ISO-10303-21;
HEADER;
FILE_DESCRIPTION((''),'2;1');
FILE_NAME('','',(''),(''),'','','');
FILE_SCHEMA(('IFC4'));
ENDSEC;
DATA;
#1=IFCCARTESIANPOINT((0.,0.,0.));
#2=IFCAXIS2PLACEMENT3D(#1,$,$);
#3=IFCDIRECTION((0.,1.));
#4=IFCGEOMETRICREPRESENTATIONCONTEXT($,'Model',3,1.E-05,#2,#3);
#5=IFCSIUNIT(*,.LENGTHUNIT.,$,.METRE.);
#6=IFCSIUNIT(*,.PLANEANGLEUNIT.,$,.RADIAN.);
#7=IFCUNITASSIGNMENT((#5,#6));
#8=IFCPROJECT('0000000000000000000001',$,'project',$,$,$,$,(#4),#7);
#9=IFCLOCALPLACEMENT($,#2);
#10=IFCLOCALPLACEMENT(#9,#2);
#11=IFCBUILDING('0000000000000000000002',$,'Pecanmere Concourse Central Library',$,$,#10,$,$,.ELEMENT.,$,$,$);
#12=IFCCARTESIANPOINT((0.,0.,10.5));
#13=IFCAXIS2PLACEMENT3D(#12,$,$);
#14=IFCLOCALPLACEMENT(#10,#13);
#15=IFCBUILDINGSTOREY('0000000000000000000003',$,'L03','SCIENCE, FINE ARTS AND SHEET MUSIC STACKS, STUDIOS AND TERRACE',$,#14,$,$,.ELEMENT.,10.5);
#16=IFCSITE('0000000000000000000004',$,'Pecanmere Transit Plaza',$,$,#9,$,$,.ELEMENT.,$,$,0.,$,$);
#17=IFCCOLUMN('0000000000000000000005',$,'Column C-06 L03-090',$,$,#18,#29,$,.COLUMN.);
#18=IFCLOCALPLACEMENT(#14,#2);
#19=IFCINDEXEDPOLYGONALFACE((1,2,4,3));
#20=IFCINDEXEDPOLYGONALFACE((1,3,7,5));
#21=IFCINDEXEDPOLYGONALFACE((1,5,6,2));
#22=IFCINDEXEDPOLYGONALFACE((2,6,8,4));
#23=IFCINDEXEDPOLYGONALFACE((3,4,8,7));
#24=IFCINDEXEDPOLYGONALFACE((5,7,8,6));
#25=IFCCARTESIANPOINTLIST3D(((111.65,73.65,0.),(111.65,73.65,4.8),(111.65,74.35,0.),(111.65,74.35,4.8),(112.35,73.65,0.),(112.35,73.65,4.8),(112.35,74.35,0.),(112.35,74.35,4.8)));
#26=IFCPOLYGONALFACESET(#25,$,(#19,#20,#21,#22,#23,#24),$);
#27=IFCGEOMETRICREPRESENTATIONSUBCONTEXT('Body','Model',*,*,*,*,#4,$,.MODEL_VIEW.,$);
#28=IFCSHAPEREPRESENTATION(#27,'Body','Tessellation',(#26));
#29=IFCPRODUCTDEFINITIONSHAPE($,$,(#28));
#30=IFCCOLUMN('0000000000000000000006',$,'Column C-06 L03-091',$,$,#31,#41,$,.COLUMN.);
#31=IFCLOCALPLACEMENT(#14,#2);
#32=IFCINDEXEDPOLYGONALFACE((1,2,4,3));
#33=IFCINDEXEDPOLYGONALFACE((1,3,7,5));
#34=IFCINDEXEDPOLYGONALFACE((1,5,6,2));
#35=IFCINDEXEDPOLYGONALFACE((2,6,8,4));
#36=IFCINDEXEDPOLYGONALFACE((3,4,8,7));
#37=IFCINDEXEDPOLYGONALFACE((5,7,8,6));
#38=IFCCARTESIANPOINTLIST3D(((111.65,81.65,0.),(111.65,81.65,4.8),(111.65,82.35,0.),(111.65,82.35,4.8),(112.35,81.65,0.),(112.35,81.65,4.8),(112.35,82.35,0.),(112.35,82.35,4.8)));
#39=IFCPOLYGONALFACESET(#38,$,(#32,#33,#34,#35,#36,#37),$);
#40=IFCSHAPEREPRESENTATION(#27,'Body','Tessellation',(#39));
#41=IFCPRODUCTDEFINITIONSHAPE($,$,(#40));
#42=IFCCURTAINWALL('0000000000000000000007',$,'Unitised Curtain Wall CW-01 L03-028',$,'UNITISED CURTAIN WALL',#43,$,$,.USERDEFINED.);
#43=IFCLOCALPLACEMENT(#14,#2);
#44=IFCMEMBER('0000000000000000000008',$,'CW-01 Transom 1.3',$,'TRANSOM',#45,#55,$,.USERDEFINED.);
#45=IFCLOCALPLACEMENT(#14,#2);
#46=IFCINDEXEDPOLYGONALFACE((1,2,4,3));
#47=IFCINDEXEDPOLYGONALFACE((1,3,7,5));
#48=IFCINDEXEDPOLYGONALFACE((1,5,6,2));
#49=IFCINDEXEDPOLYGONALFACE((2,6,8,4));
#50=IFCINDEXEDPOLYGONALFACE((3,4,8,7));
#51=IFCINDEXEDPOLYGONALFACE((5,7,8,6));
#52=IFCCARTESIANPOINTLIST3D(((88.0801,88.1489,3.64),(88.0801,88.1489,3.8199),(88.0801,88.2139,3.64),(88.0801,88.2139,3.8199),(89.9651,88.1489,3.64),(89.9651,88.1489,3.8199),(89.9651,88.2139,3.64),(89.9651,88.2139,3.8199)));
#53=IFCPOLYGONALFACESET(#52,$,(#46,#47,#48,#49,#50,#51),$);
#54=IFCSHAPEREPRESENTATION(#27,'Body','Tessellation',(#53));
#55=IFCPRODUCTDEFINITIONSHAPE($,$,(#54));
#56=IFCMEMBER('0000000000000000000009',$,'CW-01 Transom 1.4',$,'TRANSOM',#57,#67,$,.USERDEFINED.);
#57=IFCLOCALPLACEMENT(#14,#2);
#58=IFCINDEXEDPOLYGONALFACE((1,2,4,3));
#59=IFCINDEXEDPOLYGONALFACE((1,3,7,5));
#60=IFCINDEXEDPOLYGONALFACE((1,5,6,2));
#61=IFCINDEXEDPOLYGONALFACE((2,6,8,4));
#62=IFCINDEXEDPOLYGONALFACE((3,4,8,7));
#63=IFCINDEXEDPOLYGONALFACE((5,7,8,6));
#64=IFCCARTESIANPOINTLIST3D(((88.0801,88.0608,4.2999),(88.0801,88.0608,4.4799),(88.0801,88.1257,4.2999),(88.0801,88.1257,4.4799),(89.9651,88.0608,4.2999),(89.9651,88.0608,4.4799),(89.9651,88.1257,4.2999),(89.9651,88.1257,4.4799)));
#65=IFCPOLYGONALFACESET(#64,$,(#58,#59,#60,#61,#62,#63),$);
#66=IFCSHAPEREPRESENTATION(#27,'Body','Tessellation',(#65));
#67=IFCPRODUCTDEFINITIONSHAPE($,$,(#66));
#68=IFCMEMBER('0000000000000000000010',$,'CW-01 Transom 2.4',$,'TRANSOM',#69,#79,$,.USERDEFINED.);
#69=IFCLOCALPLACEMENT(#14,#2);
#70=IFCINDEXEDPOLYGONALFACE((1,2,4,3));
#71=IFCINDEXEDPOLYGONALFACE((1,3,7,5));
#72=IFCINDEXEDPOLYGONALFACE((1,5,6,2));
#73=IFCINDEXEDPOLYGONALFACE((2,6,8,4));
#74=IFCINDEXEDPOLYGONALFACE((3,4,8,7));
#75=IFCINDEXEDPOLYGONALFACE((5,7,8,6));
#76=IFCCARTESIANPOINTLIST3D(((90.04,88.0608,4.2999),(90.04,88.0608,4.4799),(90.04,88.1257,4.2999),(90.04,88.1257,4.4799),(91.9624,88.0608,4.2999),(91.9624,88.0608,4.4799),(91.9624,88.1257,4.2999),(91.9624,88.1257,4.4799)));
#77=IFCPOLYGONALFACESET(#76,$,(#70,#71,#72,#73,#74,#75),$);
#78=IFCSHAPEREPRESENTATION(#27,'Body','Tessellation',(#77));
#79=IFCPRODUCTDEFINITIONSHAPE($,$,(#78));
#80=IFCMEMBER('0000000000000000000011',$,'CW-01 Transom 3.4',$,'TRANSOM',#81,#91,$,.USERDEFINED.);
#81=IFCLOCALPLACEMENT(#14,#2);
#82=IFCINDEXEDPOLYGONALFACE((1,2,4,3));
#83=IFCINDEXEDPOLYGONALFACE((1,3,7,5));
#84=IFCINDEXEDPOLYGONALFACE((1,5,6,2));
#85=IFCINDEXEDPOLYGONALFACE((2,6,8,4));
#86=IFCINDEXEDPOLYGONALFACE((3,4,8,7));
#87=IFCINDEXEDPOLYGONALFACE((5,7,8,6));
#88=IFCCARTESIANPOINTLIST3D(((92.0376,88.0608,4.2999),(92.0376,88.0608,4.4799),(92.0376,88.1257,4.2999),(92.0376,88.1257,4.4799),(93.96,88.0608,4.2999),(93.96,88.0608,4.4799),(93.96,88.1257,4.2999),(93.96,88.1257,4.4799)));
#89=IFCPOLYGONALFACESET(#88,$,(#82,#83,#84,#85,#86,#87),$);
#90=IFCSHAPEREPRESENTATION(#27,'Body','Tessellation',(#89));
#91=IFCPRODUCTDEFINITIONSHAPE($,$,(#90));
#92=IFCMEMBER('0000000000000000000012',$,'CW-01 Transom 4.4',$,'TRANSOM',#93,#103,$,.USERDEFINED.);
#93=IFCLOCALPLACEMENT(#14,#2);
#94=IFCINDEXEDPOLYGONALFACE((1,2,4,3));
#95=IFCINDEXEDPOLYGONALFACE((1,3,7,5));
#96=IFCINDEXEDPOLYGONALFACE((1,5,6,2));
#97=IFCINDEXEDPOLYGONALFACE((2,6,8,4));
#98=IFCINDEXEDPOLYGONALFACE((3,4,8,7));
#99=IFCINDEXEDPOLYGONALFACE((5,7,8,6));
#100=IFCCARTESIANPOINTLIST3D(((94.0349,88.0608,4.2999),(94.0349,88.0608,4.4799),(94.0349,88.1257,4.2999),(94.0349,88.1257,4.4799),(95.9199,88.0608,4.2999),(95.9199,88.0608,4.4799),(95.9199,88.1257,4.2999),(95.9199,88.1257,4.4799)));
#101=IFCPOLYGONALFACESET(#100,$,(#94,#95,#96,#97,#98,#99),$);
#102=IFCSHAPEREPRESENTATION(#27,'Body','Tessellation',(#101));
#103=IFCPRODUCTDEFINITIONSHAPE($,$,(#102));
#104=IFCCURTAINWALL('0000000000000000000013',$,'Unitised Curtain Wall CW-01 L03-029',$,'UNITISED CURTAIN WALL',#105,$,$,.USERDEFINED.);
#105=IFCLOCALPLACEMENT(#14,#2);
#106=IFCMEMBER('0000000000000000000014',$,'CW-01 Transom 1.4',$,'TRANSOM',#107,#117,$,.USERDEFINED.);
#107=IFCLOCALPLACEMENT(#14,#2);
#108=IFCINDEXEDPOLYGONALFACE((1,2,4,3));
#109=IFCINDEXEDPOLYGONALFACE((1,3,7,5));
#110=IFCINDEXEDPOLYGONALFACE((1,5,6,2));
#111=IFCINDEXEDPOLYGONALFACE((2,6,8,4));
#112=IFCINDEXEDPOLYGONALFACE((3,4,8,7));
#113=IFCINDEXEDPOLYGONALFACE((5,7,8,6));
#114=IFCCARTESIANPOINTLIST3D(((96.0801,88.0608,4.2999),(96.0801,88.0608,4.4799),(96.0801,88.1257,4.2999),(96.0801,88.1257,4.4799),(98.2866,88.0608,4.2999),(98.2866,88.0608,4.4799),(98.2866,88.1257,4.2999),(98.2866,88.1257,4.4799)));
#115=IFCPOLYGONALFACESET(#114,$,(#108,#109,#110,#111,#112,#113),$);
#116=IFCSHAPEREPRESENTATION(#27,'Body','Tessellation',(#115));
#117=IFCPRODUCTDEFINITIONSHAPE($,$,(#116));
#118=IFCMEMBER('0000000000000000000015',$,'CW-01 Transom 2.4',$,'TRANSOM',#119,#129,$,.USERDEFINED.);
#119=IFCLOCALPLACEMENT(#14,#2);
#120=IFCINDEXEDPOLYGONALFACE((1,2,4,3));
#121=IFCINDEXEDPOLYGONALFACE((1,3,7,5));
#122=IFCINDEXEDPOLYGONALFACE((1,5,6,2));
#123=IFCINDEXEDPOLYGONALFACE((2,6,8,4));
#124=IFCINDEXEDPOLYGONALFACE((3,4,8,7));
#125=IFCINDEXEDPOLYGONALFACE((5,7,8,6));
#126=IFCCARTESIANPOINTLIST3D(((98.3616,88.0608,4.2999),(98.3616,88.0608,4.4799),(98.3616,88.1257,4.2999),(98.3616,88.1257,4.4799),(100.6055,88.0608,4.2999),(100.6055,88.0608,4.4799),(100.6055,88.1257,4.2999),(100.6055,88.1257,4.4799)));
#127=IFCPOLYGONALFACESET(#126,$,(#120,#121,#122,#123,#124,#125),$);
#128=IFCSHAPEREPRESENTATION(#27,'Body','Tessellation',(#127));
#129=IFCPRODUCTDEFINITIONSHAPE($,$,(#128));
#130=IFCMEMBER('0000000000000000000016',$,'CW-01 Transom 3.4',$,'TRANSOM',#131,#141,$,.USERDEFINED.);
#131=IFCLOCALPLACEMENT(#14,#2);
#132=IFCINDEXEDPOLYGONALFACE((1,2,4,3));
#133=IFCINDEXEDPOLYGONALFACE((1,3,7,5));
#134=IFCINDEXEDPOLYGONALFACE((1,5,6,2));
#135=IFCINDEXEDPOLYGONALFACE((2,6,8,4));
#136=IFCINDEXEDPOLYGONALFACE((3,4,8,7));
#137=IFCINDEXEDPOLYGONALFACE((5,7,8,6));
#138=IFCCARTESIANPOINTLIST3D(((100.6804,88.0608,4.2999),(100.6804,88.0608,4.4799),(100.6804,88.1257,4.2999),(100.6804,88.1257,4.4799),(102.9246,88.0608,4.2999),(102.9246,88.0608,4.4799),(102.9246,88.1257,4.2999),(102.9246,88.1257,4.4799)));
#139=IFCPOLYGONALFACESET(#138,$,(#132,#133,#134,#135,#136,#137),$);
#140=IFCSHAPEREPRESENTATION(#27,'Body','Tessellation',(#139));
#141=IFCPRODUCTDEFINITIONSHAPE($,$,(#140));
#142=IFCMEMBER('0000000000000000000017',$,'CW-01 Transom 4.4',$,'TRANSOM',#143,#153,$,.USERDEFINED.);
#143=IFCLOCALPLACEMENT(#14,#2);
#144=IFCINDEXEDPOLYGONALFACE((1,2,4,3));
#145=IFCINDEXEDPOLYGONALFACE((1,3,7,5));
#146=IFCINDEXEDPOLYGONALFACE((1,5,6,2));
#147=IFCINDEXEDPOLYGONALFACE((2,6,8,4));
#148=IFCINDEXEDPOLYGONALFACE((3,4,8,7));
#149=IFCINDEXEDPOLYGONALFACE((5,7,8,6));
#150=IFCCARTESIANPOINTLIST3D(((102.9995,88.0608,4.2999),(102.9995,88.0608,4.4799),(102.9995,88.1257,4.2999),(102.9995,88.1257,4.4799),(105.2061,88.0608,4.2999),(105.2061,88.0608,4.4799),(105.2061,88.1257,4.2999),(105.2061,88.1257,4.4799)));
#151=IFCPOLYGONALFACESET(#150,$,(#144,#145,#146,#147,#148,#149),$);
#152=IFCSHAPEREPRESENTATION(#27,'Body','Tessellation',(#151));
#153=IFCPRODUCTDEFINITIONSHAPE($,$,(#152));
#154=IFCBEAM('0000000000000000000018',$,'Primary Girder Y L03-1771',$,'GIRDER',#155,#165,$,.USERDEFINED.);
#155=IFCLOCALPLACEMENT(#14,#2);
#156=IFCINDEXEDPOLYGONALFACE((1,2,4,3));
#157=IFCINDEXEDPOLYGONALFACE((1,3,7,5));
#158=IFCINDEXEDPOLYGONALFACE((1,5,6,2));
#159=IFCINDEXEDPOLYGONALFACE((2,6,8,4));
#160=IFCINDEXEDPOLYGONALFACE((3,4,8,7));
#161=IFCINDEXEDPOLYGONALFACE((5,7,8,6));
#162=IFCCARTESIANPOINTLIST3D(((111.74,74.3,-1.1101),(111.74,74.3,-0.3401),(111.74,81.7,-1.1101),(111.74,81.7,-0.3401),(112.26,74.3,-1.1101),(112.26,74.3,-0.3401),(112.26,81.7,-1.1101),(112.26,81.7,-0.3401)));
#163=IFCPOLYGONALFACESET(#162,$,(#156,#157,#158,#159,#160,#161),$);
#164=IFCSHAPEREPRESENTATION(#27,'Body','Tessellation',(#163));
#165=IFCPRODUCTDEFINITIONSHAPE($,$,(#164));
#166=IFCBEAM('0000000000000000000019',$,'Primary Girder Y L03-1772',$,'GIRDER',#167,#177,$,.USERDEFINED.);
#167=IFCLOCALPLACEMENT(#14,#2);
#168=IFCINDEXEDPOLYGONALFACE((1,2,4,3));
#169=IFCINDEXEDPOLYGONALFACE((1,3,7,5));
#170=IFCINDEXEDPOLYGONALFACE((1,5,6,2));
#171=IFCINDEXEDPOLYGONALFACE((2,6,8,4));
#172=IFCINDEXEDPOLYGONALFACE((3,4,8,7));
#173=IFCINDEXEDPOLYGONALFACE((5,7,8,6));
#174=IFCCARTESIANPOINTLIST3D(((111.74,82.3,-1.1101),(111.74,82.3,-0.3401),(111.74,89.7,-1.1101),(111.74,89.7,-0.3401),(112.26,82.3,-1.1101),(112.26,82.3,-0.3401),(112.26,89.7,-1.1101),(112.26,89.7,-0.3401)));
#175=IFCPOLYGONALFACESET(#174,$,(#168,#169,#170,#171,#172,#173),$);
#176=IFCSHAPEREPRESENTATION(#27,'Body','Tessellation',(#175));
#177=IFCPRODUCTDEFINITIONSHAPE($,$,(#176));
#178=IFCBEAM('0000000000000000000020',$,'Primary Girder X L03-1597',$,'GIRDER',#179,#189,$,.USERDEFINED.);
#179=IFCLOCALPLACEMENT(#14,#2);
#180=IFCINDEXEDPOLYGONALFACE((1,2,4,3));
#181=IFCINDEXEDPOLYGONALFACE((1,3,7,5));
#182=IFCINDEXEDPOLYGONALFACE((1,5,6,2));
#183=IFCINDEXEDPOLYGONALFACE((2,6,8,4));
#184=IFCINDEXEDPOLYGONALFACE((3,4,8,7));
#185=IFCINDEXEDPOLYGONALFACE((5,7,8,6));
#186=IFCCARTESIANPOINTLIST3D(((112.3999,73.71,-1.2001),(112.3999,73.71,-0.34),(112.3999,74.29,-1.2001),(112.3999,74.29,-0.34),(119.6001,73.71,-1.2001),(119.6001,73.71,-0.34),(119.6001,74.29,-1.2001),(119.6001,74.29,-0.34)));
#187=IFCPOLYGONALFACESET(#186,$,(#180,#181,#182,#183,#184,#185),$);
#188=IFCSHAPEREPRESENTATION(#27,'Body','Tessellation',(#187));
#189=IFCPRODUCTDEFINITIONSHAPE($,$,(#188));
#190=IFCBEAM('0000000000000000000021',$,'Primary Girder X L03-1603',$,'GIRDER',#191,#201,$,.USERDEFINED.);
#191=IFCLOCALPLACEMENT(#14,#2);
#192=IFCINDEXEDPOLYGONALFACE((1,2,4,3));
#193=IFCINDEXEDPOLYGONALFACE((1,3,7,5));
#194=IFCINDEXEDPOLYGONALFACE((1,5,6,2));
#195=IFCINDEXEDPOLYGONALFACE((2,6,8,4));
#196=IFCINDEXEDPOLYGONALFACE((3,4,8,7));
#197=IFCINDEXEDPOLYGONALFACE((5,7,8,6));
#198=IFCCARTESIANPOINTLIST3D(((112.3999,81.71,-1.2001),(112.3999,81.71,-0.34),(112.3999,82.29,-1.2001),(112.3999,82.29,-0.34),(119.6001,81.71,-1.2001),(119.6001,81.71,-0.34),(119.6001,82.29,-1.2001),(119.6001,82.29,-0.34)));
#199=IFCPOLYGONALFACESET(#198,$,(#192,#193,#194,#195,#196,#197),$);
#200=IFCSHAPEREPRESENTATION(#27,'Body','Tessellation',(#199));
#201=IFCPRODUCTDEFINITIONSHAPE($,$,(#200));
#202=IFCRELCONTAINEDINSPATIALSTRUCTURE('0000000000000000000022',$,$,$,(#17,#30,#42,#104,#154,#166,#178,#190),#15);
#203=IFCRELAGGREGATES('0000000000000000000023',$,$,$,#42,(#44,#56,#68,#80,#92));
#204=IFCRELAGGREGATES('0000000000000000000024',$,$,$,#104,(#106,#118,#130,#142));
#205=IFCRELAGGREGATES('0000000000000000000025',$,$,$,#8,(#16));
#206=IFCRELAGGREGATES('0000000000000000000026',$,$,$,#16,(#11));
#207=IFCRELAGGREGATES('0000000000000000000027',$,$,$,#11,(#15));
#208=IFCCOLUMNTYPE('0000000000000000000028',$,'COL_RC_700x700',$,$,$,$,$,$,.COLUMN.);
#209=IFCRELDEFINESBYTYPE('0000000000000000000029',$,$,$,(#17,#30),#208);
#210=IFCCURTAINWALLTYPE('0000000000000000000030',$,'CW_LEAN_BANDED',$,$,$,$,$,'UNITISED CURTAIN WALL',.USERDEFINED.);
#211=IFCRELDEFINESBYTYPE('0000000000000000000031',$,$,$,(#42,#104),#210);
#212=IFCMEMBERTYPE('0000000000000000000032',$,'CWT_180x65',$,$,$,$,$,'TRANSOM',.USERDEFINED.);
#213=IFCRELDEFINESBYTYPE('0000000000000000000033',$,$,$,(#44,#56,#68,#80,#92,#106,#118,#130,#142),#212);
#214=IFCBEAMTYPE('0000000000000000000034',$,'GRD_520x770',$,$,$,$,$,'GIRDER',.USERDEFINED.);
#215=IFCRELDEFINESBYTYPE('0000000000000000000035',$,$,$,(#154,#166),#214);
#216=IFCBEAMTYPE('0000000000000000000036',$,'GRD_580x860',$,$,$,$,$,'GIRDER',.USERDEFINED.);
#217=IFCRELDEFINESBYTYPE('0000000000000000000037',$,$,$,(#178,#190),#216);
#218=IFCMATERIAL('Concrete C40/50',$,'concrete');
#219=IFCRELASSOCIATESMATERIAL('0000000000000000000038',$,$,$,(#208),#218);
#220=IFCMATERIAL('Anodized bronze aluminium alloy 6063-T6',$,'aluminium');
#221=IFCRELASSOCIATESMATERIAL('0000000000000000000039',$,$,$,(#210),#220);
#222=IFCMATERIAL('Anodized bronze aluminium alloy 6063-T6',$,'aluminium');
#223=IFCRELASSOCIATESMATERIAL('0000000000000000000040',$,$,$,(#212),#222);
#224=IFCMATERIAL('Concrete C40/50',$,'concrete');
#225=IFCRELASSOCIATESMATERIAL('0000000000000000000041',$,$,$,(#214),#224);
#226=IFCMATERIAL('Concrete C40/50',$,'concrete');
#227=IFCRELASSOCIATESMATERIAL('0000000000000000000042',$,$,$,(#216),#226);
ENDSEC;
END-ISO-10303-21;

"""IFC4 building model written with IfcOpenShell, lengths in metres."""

from ifc_helpers import new_model, si_unit, direction, frame, origin, origin_2d, place, context, subcontext, project, spatial, rectangle, extrude, material, material_profile, profile_set, type_object, element, aggregate, save


model = new_model("IFC4")

# Units and contexts
model_context = context("Model", 3, precision=1e-05, world=origin(), true_north=direction((0.0, 1.0)))
body_context = subcontext(model_context, "Body", "Model", "MODEL_VIEW")
ifc_project = project(units=[si_unit("LENGTHUNIT", "METRE"), si_unit("PLANEANGLEUNIT", "RADIAN")], contexts=[model_context])

# Site, building, storey
site_placement = place(None, origin())
site = spatial("IfcSite", under=ifc_project, at=site_placement, Name="Pecanmere Transit Plaza", CompositionType="ELEMENT", RefElevation=0.0)
building_placement = place(site_placement, origin())
building = spatial("IfcBuilding", under=site, at=building_placement, Name="Pecanmere Concourse Central Library", CompositionType="ELEMENT")
storey_placement = place(building_placement, frame((0.0, 0.0, 10.5)))
storey = spatial("IfcBuildingStorey", under=building, at=storey_placement, Name="L03", Description="SCIENCE, FINE ARTS AND SHEET MUSIC STACKS, STUDIOS AND TERRACE", CompositionType="ELEMENT", Elevation=10.5)

# Columns
ifc_material_1 = material(Name="Concrete C40/50", Category="concrete")
ifc_material_profile_1 = material_profile(ifc_material_1, rectangle(XDim=0.7, YDim=0.7, at=origin_2d()), Name="RC 700x700")
ifc_profile_set_1 = profile_set([ifc_material_profile_1], Name="Concrete C40/50")
column_type = type_object("IfcColumnType", Name="COL_RC_700x700", PredefinedType="COLUMN", material=ifc_profile_set_1)
for number, where, z_axis, x_axis, name in (
    (1, (112.0, 74.0, 0.0), (0.0, 0.0, 1.0), (1.0, 0.0, 0.0), "Column C-06 L03-090"),
    (2, (112.0, 82.0, 0.0), (0.0, 0.0, 1.0), (1.0, 0.0, 0.0), "Column C-06 L03-091"),
):
    element("IfcColumn", number, at=place(storey_placement, frame(where, z_axis=z_axis, x_axis=x_axis)), inside=storey, type_object=column_type, Name=name, PredefinedType="COLUMN", context=body_context, shape_type="SweptSolid", body=[
        extrude(rectangle(XDim=0.7, YDim=0.7, at=origin_2d()), origin(), (0.0, 0.0, 1.0), 4.8),
    ])

# Curtain walls, members
ifc_material_2 = material(Name="Anodized bronze aluminium alloy 6063-T6", Category="aluminium")
curtain_wall_type = type_object("IfcCurtainWallType", Name="CW_LEAN_BANDED", ElementType="UNITISED CURTAIN WALL", PredefinedType="USERDEFINED", material=ifc_material_2)
curtain_wall_1_placement = place(storey_placement, origin())
curtain_wall_1 = element("IfcCurtainWall", 3, at=curtain_wall_1_placement, inside=storey, type_object=curtain_wall_type, Name="Unitised Curtain Wall CW-01 L03-028", ObjectType="UNITISED CURTAIN WALL", PredefinedType="USERDEFINED")
ifc_material_3 = material(Name="Anodized bronze aluminium alloy 6063-T6", Category="aluminium")
ifc_material_profile_2 = material_profile(ifc_material_3, rectangle(XDim=0.0649, YDim=0.1799, at=origin_2d()), Name="AL 65x180")
ifc_profile_set_2 = profile_set([ifc_material_profile_2], Name="Anodized bronze aluminium alloy 6063-T6")
member_type = type_object("IfcMemberType", Name="CWT_180x65", ElementType="TRANSOM", PredefinedType="USERDEFINED", material=ifc_profile_set_2)
member_1_placement = place(storey_placement, frame((88.0801, 88.1814, 3.73), z_axis=(1.0, 0.0, 0.0), x_axis=(0.0, 1.0, 0.0)))
member_1 = element("IfcMember", 4, at=member_1_placement, type_object=member_type, Name="CW-01 Transom 1.3", ObjectType="TRANSOM", PredefinedType="USERDEFINED", context=body_context, shape_type="SweptSolid", body=[
    extrude(rectangle(XDim=0.0649, YDim=0.1799, at=origin_2d()), origin(), (0.0, 0.0, 1.0), 1.885),
])
member_2_placement = place(storey_placement, frame((88.0801, 88.0933, 4.3899), z_axis=(1.0, 0.0, 0.0), x_axis=(0.0, 1.0, 0.0)))
member_2 = element("IfcMember", 5, at=member_2_placement, type_object=member_type, Name="CW-01 Transom 1.4", ObjectType="TRANSOM", PredefinedType="USERDEFINED", context=body_context, shape_type="SweptSolid", body=[
    extrude(rectangle(XDim=0.0649, YDim=0.1799, at=origin_2d()), origin(), (0.0, 0.0, 1.0), 1.885),
])
member_3_placement = place(storey_placement, frame((90.04, 88.0933, 4.3899), z_axis=(1.0, 0.0, 0.0), x_axis=(0.0, 1.0, 0.0)))
member_3 = element("IfcMember", 6, at=member_3_placement, type_object=member_type, Name="CW-01 Transom 2.4", ObjectType="TRANSOM", PredefinedType="USERDEFINED", context=body_context, shape_type="SweptSolid", body=[
    extrude(rectangle(XDim=0.0649, YDim=0.1799, at=origin_2d()), origin(), (0.0, 0.0, 1.0), 1.9224),
])
member_4_placement = place(storey_placement, frame((92.0376, 88.0933, 4.3899), z_axis=(1.0, 0.0, 0.0), x_axis=(0.0, 1.0, 0.0)))
member_4 = element("IfcMember", 7, at=member_4_placement, type_object=member_type, Name="CW-01 Transom 3.4", ObjectType="TRANSOM", PredefinedType="USERDEFINED", context=body_context, shape_type="SweptSolid", body=[
    extrude(rectangle(XDim=0.0649, YDim=0.1799, at=origin_2d()), origin(), (0.0, 0.0, 1.0), 1.9224),
])
member_5_placement = place(storey_placement, frame((94.0349, 88.0933, 4.3899), z_axis=(1.0, 0.0, 0.0), x_axis=(0.0, 1.0, 0.0)))
member_5 = element("IfcMember", 8, at=member_5_placement, type_object=member_type, Name="CW-01 Transom 4.4", ObjectType="TRANSOM", PredefinedType="USERDEFINED", context=body_context, shape_type="SweptSolid", body=[
    extrude(rectangle(XDim=0.0649, YDim=0.1799, at=origin_2d()), origin(), (0.0, 0.0, 1.0), 1.885),
])
curtain_wall_2_placement = place(storey_placement, origin())
curtain_wall_2 = element("IfcCurtainWall", 9, at=curtain_wall_2_placement, inside=storey, type_object=curtain_wall_type, Name="Unitised Curtain Wall CW-01 L03-029", ObjectType="UNITISED CURTAIN WALL", PredefinedType="USERDEFINED")
member_6_placement = place(storey_placement, frame((96.0801, 88.0933, 4.3899), z_axis=(1.0, 0.0, 0.0), x_axis=(0.0, 1.0, 0.0)))
member_6 = element("IfcMember", 10, at=member_6_placement, type_object=member_type, Name="CW-01 Transom 1.4", ObjectType="TRANSOM", PredefinedType="USERDEFINED", context=body_context, shape_type="SweptSolid", body=[
    extrude(rectangle(XDim=0.0649, YDim=0.1799, at=origin_2d()), origin(), (0.0, 0.0, 1.0), 2.2065),
])
member_7_placement = place(storey_placement, frame((98.3616, 88.0933, 4.3899), z_axis=(1.0, 0.0, 0.0), x_axis=(0.0, 1.0, 0.0)))
member_7 = element("IfcMember", 11, at=member_7_placement, type_object=member_type, Name="CW-01 Transom 2.4", ObjectType="TRANSOM", PredefinedType="USERDEFINED", context=body_context, shape_type="SweptSolid", body=[
    extrude(rectangle(XDim=0.0649, YDim=0.1799, at=origin_2d()), origin(), (0.0, 0.0, 1.0), 2.2439),
])
member_8_placement = place(storey_placement, frame((100.6804, 88.0933, 4.3899), z_axis=(1.0, 0.0, 0.0), x_axis=(0.0, 1.0, 0.0)))
member_8 = element("IfcMember", 12, at=member_8_placement, type_object=member_type, Name="CW-01 Transom 3.4", ObjectType="TRANSOM", PredefinedType="USERDEFINED", context=body_context, shape_type="SweptSolid", body=[
    extrude(rectangle(XDim=0.0649, YDim=0.1799, at=origin_2d()), origin(), (0.0, 0.0, 1.0), 2.2441),
])
member_9_placement = place(storey_placement, frame((102.9995, 88.0933, 4.3899), z_axis=(1.0, 0.0, 0.0), x_axis=(0.0, 1.0, 0.0)))
member_9 = element("IfcMember", 13, at=member_9_placement, type_object=member_type, Name="CW-01 Transom 4.4", ObjectType="TRANSOM", PredefinedType="USERDEFINED", context=body_context, shape_type="SweptSolid", body=[
    extrude(rectangle(XDim=0.0649, YDim=0.1799, at=origin_2d()), origin(), (0.0, 0.0, 1.0), 2.2065),
])

# Beams
ifc_material_4 = material(Name="Concrete C40/50", Category="concrete")
ifc_material_profile_3 = material_profile(ifc_material_4, rectangle(XDim=0.52, YDim=0.77, at=origin_2d()), Name="RC 520x770")
ifc_profile_set_3 = profile_set([ifc_material_profile_3], Name="Concrete C40/50")
beam_type_1 = type_object("IfcBeamType", Name="GRD_520x770", ElementType="GIRDER", PredefinedType="USERDEFINED", material=ifc_profile_set_3)
for number, where, z_axis, x_axis, name in (
    (14, (112.0, 74.3, -0.7251), (0.0, 1.0, 0.0), (-1.0, 0.0, 0.0), "Primary Girder Y L03-1771"),
    (15, (112.0, 82.3, -0.7251), (0.0, 1.0, 0.0), (-1.0, 0.0, 0.0), "Primary Girder Y L03-1772"),
):
    element("IfcBeam", number, at=place(storey_placement, frame(where, z_axis=z_axis, x_axis=x_axis)), inside=storey, type_object=beam_type_1, Name=name, ObjectType="GIRDER", PredefinedType="USERDEFINED", context=body_context, shape_type="SweptSolid", body=[
        extrude(rectangle(XDim=0.52, YDim=0.77, at=origin_2d()), origin(), (0.0, 0.0, 1.0), 7.3999),
    ])
ifc_material_5 = material(Name="Concrete C40/50", Category="concrete")
ifc_material_profile_4 = material_profile(ifc_material_5, rectangle(XDim=0.5801, YDim=0.8601, at=origin_2d()), Name="RC 580x860")
ifc_profile_set_4 = profile_set([ifc_material_profile_4], Name="Concrete C40/50")
beam_type_2 = type_object("IfcBeamType", Name="GRD_580x860", ElementType="GIRDER", PredefinedType="USERDEFINED", material=ifc_profile_set_4)
for number, where, z_axis, x_axis, name in (
    (16, (112.3999, 74.0, -0.77), (1.0, 0.0, 0.0), (0.0, 1.0, 0.0), "Primary Girder X L03-1597"),
    (17, (112.3999, 82.0, -0.77), (1.0, 0.0, 0.0), (0.0, 1.0, 0.0), "Primary Girder X L03-1603"),
):
    element("IfcBeam", number, at=place(storey_placement, frame(where, z_axis=z_axis, x_axis=x_axis)), inside=storey, type_object=beam_type_2, Name=name, ObjectType="GIRDER", PredefinedType="USERDEFINED", context=body_context, shape_type="SweptSolid", body=[
        extrude(rectangle(XDim=0.5801, YDim=0.8601, at=origin_2d()), origin(), (0.0, 0.0, 1.0), 7.2002),
    ])

aggregate(curtain_wall_1, [member_1, member_2, member_3, member_4, member_5])
aggregate(curtain_wall_2, [member_6, member_7, member_8, member_9])

save(model, "model.ifc")
